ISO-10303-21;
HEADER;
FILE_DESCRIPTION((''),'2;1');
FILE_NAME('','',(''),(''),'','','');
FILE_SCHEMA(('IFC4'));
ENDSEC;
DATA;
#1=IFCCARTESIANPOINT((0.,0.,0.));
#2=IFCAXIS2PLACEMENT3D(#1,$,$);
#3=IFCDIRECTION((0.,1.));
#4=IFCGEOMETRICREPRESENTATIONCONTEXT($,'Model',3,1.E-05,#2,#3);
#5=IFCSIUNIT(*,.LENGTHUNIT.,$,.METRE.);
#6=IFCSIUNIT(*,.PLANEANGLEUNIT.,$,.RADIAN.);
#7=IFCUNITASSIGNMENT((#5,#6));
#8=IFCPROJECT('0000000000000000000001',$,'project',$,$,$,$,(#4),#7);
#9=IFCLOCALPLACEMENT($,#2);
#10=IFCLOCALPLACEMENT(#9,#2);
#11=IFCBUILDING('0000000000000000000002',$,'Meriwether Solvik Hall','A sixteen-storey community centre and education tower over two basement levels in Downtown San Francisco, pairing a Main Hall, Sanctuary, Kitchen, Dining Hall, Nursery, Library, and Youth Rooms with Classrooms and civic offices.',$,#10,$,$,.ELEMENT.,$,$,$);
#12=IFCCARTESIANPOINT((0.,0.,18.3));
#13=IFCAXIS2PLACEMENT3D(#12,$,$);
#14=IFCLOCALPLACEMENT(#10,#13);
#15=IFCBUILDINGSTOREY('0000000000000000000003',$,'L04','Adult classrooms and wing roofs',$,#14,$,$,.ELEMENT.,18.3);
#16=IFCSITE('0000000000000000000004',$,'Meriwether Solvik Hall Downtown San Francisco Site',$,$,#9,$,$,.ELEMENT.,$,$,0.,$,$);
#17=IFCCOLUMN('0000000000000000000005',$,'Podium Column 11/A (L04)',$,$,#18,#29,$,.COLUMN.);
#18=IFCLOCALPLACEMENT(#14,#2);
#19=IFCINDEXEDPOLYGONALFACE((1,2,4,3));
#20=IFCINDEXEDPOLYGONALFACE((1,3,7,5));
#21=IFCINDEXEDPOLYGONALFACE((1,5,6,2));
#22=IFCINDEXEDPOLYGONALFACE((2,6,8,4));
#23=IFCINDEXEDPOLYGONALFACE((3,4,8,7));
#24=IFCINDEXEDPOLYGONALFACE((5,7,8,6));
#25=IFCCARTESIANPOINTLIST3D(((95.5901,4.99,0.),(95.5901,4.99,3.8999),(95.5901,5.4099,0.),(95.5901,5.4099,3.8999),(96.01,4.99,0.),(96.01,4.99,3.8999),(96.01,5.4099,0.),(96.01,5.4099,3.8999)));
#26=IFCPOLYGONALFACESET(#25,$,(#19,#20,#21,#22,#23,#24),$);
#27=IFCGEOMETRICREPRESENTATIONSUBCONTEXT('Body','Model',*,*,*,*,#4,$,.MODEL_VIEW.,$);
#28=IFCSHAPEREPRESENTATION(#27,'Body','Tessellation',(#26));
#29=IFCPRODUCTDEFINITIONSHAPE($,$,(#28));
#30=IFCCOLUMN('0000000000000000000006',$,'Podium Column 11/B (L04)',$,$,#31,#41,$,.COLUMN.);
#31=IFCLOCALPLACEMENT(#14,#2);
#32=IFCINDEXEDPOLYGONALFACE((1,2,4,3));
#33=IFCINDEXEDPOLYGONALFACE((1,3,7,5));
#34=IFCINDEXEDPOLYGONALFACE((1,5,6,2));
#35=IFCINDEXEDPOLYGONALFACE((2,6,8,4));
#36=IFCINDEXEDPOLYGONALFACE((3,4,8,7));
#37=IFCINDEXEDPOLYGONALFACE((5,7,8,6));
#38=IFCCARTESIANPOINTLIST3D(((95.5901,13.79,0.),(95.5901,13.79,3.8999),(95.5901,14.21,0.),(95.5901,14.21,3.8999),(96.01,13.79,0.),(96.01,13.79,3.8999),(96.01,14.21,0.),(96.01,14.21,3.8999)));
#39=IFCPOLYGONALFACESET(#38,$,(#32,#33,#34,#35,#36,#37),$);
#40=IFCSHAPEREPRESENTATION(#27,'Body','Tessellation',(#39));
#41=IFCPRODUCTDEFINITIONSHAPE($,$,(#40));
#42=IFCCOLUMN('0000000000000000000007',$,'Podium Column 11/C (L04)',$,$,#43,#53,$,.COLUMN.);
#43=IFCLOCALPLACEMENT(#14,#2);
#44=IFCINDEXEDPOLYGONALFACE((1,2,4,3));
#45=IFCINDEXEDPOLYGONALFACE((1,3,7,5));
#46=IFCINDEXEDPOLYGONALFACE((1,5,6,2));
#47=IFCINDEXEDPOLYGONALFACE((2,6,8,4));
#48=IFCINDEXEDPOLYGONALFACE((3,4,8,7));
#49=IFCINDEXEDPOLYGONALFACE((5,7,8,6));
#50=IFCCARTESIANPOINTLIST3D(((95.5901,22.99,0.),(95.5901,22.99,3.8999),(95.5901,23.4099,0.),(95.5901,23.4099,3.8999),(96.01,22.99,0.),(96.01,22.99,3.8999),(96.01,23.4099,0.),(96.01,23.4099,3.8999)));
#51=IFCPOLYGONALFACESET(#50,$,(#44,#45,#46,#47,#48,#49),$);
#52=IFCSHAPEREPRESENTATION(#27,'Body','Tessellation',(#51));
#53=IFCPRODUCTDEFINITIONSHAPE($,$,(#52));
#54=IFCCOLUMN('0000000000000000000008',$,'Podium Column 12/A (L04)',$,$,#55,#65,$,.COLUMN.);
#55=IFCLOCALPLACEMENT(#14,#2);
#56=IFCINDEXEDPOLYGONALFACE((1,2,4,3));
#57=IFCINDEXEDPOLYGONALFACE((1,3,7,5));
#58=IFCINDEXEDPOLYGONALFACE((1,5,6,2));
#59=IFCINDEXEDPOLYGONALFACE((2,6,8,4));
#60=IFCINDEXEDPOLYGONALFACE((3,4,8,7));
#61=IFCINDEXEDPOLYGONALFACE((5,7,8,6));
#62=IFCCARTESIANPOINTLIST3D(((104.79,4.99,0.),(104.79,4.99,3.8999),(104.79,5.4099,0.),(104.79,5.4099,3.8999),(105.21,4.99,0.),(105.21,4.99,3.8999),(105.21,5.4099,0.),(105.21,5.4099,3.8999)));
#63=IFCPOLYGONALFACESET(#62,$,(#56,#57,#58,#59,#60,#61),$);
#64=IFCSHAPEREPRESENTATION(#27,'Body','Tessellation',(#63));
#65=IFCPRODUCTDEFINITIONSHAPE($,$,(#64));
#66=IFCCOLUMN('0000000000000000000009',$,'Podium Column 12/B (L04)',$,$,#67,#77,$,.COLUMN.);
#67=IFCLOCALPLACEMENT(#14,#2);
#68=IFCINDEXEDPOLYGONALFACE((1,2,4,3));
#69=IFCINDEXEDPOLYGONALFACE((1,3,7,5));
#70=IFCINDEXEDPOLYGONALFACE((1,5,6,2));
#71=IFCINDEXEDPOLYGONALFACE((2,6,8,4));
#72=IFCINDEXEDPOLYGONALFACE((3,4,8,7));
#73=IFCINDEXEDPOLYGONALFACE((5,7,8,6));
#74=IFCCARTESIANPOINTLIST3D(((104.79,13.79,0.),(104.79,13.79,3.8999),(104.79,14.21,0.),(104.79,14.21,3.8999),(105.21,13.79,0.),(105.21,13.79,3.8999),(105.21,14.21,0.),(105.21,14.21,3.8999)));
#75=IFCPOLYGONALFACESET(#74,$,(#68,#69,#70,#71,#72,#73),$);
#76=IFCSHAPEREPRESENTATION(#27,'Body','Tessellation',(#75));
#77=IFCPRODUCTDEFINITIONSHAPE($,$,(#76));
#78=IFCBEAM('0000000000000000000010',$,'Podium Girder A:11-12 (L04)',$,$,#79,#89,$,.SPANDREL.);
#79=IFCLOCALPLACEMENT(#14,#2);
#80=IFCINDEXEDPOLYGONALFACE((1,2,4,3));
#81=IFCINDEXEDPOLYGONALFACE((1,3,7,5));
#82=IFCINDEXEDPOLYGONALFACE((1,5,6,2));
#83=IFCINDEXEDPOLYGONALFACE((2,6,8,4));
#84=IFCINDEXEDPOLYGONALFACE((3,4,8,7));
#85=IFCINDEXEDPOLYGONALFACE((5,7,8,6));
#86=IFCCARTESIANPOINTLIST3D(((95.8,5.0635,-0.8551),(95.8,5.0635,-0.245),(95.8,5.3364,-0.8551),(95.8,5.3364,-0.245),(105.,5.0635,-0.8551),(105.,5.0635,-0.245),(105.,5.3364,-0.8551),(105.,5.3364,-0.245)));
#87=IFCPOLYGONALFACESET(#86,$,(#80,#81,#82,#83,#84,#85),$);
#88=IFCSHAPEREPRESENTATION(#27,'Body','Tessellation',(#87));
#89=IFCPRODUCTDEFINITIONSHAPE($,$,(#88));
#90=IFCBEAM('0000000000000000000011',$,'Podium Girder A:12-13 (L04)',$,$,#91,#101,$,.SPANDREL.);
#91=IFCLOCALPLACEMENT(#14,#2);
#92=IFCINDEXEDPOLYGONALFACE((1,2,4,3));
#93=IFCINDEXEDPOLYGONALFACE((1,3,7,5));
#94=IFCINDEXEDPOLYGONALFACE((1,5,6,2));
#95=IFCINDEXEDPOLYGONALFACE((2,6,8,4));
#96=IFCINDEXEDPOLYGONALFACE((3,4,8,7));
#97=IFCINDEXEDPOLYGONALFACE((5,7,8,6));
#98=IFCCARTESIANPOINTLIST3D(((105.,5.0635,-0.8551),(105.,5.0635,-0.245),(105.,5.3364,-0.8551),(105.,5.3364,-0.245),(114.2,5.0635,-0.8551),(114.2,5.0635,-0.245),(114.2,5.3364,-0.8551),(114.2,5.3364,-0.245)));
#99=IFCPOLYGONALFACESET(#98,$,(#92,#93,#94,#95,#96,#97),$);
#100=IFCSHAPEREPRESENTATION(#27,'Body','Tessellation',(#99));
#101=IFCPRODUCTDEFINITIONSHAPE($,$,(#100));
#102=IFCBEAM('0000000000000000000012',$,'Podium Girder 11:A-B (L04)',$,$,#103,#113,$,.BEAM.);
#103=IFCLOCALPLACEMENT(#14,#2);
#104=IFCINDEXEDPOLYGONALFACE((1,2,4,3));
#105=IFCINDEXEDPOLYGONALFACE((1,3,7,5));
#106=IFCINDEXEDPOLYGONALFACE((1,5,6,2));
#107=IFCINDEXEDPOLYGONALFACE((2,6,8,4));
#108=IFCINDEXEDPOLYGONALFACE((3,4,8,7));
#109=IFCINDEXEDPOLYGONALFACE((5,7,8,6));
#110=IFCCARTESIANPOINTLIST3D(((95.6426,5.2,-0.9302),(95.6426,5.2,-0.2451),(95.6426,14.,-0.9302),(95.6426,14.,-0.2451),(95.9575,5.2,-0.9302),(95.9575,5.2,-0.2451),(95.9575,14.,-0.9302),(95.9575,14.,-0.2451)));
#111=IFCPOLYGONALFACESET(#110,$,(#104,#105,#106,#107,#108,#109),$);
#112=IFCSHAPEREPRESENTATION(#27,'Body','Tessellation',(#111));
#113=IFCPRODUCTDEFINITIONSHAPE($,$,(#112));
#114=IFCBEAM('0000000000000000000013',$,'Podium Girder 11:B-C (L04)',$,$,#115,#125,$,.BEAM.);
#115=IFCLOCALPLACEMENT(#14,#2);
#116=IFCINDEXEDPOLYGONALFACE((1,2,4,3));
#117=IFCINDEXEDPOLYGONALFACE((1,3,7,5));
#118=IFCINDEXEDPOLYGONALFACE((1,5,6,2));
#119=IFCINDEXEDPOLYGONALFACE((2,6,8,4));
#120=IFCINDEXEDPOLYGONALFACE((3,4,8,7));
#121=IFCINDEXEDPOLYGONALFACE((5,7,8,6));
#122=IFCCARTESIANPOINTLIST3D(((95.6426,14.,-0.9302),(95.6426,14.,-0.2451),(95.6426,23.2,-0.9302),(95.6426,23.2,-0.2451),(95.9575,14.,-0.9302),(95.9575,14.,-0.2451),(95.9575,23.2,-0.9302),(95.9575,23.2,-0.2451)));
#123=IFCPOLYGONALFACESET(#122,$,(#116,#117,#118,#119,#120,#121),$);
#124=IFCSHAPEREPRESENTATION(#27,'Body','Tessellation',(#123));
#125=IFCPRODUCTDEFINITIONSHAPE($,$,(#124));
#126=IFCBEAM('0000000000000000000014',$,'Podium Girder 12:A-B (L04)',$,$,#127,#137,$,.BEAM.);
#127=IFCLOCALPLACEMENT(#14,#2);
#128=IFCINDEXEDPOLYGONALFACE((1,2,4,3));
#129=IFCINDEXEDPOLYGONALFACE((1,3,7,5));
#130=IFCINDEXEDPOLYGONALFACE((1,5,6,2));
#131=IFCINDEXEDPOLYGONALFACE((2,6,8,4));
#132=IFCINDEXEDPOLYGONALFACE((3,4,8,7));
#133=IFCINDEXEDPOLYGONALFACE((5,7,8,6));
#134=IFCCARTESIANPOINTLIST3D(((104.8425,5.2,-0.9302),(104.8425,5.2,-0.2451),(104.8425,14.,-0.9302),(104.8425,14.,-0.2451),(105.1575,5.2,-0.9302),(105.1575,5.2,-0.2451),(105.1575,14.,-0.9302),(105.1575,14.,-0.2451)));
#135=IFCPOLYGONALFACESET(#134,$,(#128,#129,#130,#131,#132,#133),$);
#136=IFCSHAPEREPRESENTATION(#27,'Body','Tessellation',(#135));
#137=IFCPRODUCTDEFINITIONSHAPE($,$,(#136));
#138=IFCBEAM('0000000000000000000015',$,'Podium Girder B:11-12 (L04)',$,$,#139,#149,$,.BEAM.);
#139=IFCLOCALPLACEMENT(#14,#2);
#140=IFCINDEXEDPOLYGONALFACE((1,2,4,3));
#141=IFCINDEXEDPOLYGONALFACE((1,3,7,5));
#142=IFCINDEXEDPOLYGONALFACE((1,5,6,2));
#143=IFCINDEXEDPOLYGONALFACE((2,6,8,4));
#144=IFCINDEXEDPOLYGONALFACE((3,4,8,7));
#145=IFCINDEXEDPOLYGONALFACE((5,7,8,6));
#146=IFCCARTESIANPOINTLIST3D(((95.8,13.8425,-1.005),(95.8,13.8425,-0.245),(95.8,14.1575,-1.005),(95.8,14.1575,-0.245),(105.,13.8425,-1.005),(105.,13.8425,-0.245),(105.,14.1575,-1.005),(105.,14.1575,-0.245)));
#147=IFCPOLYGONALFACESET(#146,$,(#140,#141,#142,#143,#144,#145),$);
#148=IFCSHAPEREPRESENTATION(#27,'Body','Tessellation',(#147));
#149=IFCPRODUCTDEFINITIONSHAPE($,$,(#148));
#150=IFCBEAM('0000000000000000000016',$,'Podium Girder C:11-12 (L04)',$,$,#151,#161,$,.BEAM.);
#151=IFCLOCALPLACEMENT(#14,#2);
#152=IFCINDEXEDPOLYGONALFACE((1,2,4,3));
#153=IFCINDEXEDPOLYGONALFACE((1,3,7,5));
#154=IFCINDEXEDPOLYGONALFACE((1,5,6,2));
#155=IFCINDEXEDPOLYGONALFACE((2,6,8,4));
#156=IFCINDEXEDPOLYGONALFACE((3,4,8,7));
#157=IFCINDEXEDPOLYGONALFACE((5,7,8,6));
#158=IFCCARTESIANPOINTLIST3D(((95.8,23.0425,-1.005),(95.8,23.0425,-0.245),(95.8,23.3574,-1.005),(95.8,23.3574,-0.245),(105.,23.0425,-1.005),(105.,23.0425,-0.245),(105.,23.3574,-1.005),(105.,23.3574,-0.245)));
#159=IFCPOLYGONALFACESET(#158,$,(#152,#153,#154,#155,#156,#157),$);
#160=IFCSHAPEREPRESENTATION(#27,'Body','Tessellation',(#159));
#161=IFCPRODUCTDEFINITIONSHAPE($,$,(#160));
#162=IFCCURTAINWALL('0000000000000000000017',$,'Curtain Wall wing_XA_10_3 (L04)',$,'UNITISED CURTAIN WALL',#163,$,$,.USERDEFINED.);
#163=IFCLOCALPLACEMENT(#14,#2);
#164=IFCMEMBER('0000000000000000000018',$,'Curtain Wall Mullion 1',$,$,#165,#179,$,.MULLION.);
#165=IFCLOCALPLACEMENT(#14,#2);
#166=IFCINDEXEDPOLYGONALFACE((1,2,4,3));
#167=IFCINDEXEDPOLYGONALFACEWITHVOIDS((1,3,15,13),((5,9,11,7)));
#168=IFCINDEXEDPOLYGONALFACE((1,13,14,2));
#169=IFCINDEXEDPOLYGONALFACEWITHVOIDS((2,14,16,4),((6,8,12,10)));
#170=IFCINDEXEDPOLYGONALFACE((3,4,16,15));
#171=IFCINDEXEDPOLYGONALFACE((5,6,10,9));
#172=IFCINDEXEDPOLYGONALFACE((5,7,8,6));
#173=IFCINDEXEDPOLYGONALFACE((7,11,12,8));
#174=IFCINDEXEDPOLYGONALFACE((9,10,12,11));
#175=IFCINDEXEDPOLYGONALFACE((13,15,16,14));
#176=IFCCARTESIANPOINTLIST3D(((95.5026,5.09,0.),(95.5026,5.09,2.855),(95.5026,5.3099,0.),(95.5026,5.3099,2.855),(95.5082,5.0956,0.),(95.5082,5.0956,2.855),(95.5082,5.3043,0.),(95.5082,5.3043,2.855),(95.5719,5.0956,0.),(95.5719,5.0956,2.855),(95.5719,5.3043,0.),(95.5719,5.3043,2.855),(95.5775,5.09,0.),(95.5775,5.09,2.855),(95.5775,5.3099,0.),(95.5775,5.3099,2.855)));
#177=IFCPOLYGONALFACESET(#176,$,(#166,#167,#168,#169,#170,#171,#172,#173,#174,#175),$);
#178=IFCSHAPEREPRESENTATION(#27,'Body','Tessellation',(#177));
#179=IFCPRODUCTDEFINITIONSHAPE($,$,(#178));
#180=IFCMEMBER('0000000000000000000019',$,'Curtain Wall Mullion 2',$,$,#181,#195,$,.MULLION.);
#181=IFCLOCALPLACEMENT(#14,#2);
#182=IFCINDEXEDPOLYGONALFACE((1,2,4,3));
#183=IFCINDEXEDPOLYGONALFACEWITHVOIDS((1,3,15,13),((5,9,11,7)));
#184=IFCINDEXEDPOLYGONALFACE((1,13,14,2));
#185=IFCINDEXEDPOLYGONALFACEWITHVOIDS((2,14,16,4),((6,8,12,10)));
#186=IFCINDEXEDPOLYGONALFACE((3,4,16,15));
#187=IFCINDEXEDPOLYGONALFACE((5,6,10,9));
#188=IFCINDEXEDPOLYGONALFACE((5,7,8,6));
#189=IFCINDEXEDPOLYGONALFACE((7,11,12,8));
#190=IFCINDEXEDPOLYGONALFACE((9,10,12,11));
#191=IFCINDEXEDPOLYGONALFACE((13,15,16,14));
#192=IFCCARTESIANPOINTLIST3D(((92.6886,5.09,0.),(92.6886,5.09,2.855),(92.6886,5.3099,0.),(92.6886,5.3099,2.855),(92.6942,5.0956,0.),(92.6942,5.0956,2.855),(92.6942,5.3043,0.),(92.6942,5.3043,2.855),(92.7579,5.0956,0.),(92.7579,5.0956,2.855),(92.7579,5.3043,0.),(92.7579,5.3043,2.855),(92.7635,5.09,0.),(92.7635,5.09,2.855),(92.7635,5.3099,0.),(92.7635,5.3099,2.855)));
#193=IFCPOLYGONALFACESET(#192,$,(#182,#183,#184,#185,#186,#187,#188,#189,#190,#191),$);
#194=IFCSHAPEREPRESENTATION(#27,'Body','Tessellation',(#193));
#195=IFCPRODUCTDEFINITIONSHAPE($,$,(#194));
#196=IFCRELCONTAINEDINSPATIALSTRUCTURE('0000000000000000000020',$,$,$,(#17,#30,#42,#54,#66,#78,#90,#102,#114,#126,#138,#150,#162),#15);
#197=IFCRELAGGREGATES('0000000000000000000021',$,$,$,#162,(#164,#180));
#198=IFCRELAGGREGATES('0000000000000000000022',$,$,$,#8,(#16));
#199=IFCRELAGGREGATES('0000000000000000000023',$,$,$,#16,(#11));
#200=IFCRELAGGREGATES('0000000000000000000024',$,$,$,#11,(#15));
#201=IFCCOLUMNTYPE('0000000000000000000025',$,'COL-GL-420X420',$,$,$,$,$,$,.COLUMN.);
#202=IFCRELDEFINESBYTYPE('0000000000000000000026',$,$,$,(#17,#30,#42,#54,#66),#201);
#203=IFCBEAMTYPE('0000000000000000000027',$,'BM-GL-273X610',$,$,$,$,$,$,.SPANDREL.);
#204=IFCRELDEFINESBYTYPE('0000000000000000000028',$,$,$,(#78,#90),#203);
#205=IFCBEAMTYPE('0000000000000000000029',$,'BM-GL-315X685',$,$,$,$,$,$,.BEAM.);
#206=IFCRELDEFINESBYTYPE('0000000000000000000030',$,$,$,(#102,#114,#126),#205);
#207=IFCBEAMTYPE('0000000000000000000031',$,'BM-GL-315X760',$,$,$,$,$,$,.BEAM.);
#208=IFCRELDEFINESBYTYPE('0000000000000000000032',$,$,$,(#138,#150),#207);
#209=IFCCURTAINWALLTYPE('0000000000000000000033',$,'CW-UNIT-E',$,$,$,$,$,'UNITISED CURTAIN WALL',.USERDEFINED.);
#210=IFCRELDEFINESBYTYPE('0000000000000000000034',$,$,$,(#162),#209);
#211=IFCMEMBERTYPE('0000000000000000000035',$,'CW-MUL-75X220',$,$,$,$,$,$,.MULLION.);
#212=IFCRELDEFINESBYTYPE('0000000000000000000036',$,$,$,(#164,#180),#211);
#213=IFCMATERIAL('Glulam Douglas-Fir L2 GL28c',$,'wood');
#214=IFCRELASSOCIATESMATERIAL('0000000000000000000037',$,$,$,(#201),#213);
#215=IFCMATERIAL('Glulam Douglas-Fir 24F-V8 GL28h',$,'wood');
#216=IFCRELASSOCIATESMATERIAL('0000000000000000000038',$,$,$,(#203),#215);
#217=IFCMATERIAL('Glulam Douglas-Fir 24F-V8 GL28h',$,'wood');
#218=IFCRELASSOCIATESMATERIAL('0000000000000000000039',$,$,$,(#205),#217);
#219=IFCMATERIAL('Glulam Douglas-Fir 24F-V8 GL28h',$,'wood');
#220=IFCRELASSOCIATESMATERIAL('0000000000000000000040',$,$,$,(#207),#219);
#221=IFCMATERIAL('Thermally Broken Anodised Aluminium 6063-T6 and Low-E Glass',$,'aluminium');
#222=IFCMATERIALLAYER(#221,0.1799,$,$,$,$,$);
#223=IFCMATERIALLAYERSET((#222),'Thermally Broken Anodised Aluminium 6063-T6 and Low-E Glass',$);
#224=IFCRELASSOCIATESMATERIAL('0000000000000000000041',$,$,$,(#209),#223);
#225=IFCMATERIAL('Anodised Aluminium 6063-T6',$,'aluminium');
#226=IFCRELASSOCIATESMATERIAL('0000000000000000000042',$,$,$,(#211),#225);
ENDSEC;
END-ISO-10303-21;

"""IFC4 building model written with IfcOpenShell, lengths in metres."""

from ifc_helpers import new_model, si_unit, direction, frame, origin, origin_2d, place, context, subcontext, project, spatial, rectangle, hollow_rectangle, extrude, material, layer, layer_set, material_profile, profile_set, type_object, element, aggregate, save


model = new_model("IFC4")

# Units and contexts
model_context = context("Model", 3, precision=1e-05, world=origin(), true_north=direction((0.0, 1.0)))
body_context = subcontext(model_context, "Body", "Model", "MODEL_VIEW")
ifc_project = project(units=[si_unit("LENGTHUNIT", "METRE"), si_unit("PLANEANGLEUNIT", "RADIAN")], contexts=[model_context])

# Site, building, storey
site_placement = place(None, origin())
site = spatial("IfcSite", under=ifc_project, at=site_placement, Name="Meriwether Solvik Hall Downtown San Francisco Site", CompositionType="ELEMENT", RefElevation=0.0)
building_placement = place(site_placement, origin())
building = spatial("IfcBuilding", under=site, at=building_placement, Name="Meriwether Solvik Hall", Description="A sixteen-storey community centre and education tower over two basement levels in Downtown San Francisco, pairing a Main Hall, Sanctuary, Kitchen, Dining Hall, Nursery, Library, and Youth Rooms with Classrooms and civic offices.", CompositionType="ELEMENT")
storey_placement = place(building_placement, frame((0.0, 0.0, 18.3)))
storey = spatial("IfcBuildingStorey", under=building, at=storey_placement, Name="L04", Description="Adult classrooms and wing roofs", CompositionType="ELEMENT", Elevation=18.3)

# Columns
ifc_material_1 = material(Name="Glulam Douglas-Fir L2 GL28c", Category="wood")
ifc_material_profile_1 = material_profile(ifc_material_1, rectangle(XDim=0.4199, YDim=0.4199, at=origin_2d()), Name="GLC-420X420")
ifc_profile_set_1 = profile_set([ifc_material_profile_1], Name="Glulam Douglas-Fir L2 GL28c")
column_type = type_object("IfcColumnType", Name="COL-GL-420X420", PredefinedType="COLUMN", material=ifc_profile_set_1)
for number, where, z_axis, x_axis, name in (
    (1, (95.8, 5.2, 0.0), (0.0, 0.0, 1.0), (1.0, 0.0, 0.0), "Podium Column 11/A (L04)"),
    (2, (95.8, 14.0, 0.0), (0.0, 0.0, 1.0), (1.0, 0.0, 0.0), "Podium Column 11/B (L04)"),
    (3, (95.8, 23.2, 0.0), (0.0, 0.0, 1.0), (1.0, 0.0, 0.0), "Podium Column 11/C (L04)"),
    (4, (105.0, 5.2, 0.0), (0.0, 0.0, 1.0), (1.0, 0.0, 0.0), "Podium Column 12/A (L04)"),
    (5, (105.0, 14.0, 0.0), (0.0, 0.0, 1.0), (1.0, 0.0, 0.0), "Podium Column 12/B (L04)"),
):
    element("IfcColumn", number, at=place(storey_placement, frame(where, z_axis=z_axis, x_axis=x_axis)), inside=storey, type_object=column_type, Name=name, PredefinedType="COLUMN", context=body_context, shape_type="SweptSolid", body=[
        extrude(rectangle(XDim=0.4199, YDim=0.4199, at=origin_2d()), origin(), (0.0, 0.0, 1.0), 3.8999),
    ])

# Beams
ifc_material_2 = material(Name="Glulam Douglas-Fir 24F-V8 GL28h", Category="wood")
ifc_material_profile_2 = material_profile(ifc_material_2, rectangle(XDim=0.2729, YDim=0.6101, at=origin_2d()), Name="GLB-273X610")
ifc_profile_set_2 = profile_set([ifc_material_profile_2], Name="Glulam Douglas-Fir 24F-V8 GL28h")
beam_type_1 = type_object("IfcBeamType", Name="BM-GL-273X610", PredefinedType="SPANDREL", material=ifc_profile_set_2)
for number, where, z_axis, x_axis, name in (
    (6, (95.8, 5.2, -0.55), (1.0, 0.0, 0.0), (0.0, 1.0, 0.0), "Podium Girder A:11-12 (L04)"),
    (7, (105.0, 5.2, -0.55), (1.0, 0.0, 0.0), (0.0, 1.0, 0.0), "Podium Girder A:12-13 (L04)"),
):
    element("IfcBeam", number, at=place(storey_placement, frame(where, z_axis=z_axis, x_axis=x_axis)), inside=storey, type_object=beam_type_1, Name=name, PredefinedType="SPANDREL", context=body_context, shape_type="SweptSolid", body=[
        extrude(rectangle(XDim=0.2729, YDim=0.6101, at=origin_2d()), origin(), (0.0, 0.0, 1.0), 9.2),
    ])
ifc_material_3 = material(Name="Glulam Douglas-Fir 24F-V8 GL28h", Category="wood")
ifc_material_profile_3 = material_profile(ifc_material_3, rectangle(XDim=0.3149, YDim=0.6851, at=origin_2d()), Name="GLB-315X685")
ifc_profile_set_3 = profile_set([ifc_material_profile_3], Name="Glulam Douglas-Fir 24F-V8 GL28h")
beam_type_2 = type_object("IfcBeamType", Name="BM-GL-315X685", PredefinedType="BEAM", material=ifc_profile_set_3)
beam_1_placement = place(storey_placement, frame((95.8, 5.2, -0.5876), z_axis=(0.0, 1.0, 0.0), x_axis=(-1.0, 0.0, 0.0)))
element("IfcBeam", 8, at=beam_1_placement, inside=storey, type_object=beam_type_2, Name="Podium Girder 11:A-B (L04)", PredefinedType="BEAM", context=body_context, shape_type="SweptSolid", body=[
    extrude(rectangle(XDim=0.3149, YDim=0.6851, at=origin_2d()), origin(), (0.0, 0.0, 1.0), 8.8),
])
beam_2_placement = place(storey_placement, frame((95.8, 14.0, -0.5876), z_axis=(0.0, 1.0, 0.0), x_axis=(-1.0, 0.0, 0.0)))
element("IfcBeam", 9, at=beam_2_placement, inside=storey, type_object=beam_type_2, Name="Podium Girder 11:B-C (L04)", PredefinedType="BEAM", context=body_context, shape_type="SweptSolid", body=[
    extrude(rectangle(XDim=0.3149, YDim=0.6851, at=origin_2d()), origin(), (0.0, 0.0, 1.0), 9.2),
])
beam_3_placement = place(storey_placement, frame((105.0, 5.2, -0.5876), z_axis=(0.0, 1.0, 0.0), x_axis=(-1.0, 0.0, 0.0)))
element("IfcBeam", 10, at=beam_3_placement, inside=storey, type_object=beam_type_2, Name="Podium Girder 12:A-B (L04)", PredefinedType="BEAM", context=body_context, shape_type="SweptSolid", body=[
    extrude(rectangle(XDim=0.3149, YDim=0.6851, at=origin_2d()), origin(), (0.0, 0.0, 1.0), 8.8),
])
ifc_material_4 = material(Name="Glulam Douglas-Fir 24F-V8 GL28h", Category="wood")
ifc_material_profile_4 = material_profile(ifc_material_4, rectangle(XDim=0.3149, YDim=0.76, at=origin_2d()), Name="GLB-315X760")
ifc_profile_set_4 = profile_set([ifc_material_profile_4], Name="Glulam Douglas-Fir 24F-V8 GL28h")
beam_type_3 = type_object("IfcBeamType", Name="BM-GL-315X760", PredefinedType="BEAM", material=ifc_profile_set_4)
for number, where, z_axis, x_axis, name in (
    (11, (95.8, 14.0, -0.625), (1.0, 0.0, 0.0), (0.0, 1.0, 0.0), "Podium Girder B:11-12 (L04)"),
    (12, (95.8, 23.2, -0.625), (1.0, 0.0, 0.0), (0.0, 1.0, 0.0), "Podium Girder C:11-12 (L04)"),
):
    element("IfcBeam", number, at=place(storey_placement, frame(where, z_axis=z_axis, x_axis=x_axis)), inside=storey, type_object=beam_type_3, Name=name, PredefinedType="BEAM", context=body_context, shape_type="SweptSolid", body=[
        extrude(rectangle(XDim=0.3149, YDim=0.76, at=origin_2d()), origin(), (0.0, 0.0, 1.0), 9.2),
    ])

# Curtain wall, members
ifc_material_5 = material(Name="Thermally Broken Anodised Aluminium 6063-T6 and Low-E Glass", Category="aluminium")
ifc_layer_1 = layer(ifc_material_5, 0.1799)
ifc_layer_set_1 = layer_set([ifc_layer_1], Name="Thermally Broken Anodised Aluminium 6063-T6 and Low-E Glass")
curtain_wall_type = type_object("IfcCurtainWallType", Name="CW-UNIT-E", ElementType="UNITISED CURTAIN WALL", PredefinedType="USERDEFINED", material=ifc_layer_set_1)
curtain_wall_placement = place(storey_placement, origin())
curtain_wall = element("IfcCurtainWall", 13, at=curtain_wall_placement, inside=storey, type_object=curtain_wall_type, Name="Curtain Wall wing_XA_10_3 (L04)", ObjectType="UNITISED CURTAIN WALL", PredefinedType="USERDEFINED")
ifc_material_6 = material(Name="Anodised Aluminium 6063-T6", Category="aluminium")
ifc_material_profile_5 = material_profile(ifc_material_6, hollow_rectangle(XDim=0.075, YDim=0.22, WallThickness=0.0056, at=origin_2d()), Name="CWM-75X220")
ifc_profile_set_5 = profile_set([ifc_material_profile_5], Name="Anodised Aluminium 6063-T6")
member_type_1 = type_object("IfcMemberType", Name="CW-MUL-75X220", PredefinedType="MULLION", material=ifc_profile_set_5)
member_1_placement = place(storey_placement, frame((95.54, 5.2, 0.0), z_axis=(0.0, 0.0, 1.0), x_axis=(-1.0, 0.0, 0.0)))
member_1 = element("IfcMember", 14, at=member_1_placement, type_object=member_type_1, Name="Curtain Wall Mullion 1", PredefinedType="MULLION", context=body_context, shape_type="SweptSolid", body=[
    extrude(hollow_rectangle(XDim=0.075, YDim=0.22, WallThickness=0.0056, at=origin_2d()), origin(), (0.0, 0.0, 1.0), 2.855),
])
member_2_placement = place(storey_placement, frame((92.7261, 5.2, 0.0), z_axis=(0.0, 0.0, 1.0), x_axis=(-1.0, 0.0, 0.0)))
member_2 = element("IfcMember", 15, at=member_2_placement, type_object=member_type_1, Name="Curtain Wall Mullion 2", PredefinedType="MULLION", context=body_context, shape_type="SweptSolid", body=[
    extrude(hollow_rectangle(XDim=0.075, YDim=0.22, WallThickness=0.0056, at=origin_2d()), origin(), (0.0, 0.0, 1.0), 2.855),
])

aggregate(curtain_wall, [member_1, member_2])

save(model, "model.ifc")
